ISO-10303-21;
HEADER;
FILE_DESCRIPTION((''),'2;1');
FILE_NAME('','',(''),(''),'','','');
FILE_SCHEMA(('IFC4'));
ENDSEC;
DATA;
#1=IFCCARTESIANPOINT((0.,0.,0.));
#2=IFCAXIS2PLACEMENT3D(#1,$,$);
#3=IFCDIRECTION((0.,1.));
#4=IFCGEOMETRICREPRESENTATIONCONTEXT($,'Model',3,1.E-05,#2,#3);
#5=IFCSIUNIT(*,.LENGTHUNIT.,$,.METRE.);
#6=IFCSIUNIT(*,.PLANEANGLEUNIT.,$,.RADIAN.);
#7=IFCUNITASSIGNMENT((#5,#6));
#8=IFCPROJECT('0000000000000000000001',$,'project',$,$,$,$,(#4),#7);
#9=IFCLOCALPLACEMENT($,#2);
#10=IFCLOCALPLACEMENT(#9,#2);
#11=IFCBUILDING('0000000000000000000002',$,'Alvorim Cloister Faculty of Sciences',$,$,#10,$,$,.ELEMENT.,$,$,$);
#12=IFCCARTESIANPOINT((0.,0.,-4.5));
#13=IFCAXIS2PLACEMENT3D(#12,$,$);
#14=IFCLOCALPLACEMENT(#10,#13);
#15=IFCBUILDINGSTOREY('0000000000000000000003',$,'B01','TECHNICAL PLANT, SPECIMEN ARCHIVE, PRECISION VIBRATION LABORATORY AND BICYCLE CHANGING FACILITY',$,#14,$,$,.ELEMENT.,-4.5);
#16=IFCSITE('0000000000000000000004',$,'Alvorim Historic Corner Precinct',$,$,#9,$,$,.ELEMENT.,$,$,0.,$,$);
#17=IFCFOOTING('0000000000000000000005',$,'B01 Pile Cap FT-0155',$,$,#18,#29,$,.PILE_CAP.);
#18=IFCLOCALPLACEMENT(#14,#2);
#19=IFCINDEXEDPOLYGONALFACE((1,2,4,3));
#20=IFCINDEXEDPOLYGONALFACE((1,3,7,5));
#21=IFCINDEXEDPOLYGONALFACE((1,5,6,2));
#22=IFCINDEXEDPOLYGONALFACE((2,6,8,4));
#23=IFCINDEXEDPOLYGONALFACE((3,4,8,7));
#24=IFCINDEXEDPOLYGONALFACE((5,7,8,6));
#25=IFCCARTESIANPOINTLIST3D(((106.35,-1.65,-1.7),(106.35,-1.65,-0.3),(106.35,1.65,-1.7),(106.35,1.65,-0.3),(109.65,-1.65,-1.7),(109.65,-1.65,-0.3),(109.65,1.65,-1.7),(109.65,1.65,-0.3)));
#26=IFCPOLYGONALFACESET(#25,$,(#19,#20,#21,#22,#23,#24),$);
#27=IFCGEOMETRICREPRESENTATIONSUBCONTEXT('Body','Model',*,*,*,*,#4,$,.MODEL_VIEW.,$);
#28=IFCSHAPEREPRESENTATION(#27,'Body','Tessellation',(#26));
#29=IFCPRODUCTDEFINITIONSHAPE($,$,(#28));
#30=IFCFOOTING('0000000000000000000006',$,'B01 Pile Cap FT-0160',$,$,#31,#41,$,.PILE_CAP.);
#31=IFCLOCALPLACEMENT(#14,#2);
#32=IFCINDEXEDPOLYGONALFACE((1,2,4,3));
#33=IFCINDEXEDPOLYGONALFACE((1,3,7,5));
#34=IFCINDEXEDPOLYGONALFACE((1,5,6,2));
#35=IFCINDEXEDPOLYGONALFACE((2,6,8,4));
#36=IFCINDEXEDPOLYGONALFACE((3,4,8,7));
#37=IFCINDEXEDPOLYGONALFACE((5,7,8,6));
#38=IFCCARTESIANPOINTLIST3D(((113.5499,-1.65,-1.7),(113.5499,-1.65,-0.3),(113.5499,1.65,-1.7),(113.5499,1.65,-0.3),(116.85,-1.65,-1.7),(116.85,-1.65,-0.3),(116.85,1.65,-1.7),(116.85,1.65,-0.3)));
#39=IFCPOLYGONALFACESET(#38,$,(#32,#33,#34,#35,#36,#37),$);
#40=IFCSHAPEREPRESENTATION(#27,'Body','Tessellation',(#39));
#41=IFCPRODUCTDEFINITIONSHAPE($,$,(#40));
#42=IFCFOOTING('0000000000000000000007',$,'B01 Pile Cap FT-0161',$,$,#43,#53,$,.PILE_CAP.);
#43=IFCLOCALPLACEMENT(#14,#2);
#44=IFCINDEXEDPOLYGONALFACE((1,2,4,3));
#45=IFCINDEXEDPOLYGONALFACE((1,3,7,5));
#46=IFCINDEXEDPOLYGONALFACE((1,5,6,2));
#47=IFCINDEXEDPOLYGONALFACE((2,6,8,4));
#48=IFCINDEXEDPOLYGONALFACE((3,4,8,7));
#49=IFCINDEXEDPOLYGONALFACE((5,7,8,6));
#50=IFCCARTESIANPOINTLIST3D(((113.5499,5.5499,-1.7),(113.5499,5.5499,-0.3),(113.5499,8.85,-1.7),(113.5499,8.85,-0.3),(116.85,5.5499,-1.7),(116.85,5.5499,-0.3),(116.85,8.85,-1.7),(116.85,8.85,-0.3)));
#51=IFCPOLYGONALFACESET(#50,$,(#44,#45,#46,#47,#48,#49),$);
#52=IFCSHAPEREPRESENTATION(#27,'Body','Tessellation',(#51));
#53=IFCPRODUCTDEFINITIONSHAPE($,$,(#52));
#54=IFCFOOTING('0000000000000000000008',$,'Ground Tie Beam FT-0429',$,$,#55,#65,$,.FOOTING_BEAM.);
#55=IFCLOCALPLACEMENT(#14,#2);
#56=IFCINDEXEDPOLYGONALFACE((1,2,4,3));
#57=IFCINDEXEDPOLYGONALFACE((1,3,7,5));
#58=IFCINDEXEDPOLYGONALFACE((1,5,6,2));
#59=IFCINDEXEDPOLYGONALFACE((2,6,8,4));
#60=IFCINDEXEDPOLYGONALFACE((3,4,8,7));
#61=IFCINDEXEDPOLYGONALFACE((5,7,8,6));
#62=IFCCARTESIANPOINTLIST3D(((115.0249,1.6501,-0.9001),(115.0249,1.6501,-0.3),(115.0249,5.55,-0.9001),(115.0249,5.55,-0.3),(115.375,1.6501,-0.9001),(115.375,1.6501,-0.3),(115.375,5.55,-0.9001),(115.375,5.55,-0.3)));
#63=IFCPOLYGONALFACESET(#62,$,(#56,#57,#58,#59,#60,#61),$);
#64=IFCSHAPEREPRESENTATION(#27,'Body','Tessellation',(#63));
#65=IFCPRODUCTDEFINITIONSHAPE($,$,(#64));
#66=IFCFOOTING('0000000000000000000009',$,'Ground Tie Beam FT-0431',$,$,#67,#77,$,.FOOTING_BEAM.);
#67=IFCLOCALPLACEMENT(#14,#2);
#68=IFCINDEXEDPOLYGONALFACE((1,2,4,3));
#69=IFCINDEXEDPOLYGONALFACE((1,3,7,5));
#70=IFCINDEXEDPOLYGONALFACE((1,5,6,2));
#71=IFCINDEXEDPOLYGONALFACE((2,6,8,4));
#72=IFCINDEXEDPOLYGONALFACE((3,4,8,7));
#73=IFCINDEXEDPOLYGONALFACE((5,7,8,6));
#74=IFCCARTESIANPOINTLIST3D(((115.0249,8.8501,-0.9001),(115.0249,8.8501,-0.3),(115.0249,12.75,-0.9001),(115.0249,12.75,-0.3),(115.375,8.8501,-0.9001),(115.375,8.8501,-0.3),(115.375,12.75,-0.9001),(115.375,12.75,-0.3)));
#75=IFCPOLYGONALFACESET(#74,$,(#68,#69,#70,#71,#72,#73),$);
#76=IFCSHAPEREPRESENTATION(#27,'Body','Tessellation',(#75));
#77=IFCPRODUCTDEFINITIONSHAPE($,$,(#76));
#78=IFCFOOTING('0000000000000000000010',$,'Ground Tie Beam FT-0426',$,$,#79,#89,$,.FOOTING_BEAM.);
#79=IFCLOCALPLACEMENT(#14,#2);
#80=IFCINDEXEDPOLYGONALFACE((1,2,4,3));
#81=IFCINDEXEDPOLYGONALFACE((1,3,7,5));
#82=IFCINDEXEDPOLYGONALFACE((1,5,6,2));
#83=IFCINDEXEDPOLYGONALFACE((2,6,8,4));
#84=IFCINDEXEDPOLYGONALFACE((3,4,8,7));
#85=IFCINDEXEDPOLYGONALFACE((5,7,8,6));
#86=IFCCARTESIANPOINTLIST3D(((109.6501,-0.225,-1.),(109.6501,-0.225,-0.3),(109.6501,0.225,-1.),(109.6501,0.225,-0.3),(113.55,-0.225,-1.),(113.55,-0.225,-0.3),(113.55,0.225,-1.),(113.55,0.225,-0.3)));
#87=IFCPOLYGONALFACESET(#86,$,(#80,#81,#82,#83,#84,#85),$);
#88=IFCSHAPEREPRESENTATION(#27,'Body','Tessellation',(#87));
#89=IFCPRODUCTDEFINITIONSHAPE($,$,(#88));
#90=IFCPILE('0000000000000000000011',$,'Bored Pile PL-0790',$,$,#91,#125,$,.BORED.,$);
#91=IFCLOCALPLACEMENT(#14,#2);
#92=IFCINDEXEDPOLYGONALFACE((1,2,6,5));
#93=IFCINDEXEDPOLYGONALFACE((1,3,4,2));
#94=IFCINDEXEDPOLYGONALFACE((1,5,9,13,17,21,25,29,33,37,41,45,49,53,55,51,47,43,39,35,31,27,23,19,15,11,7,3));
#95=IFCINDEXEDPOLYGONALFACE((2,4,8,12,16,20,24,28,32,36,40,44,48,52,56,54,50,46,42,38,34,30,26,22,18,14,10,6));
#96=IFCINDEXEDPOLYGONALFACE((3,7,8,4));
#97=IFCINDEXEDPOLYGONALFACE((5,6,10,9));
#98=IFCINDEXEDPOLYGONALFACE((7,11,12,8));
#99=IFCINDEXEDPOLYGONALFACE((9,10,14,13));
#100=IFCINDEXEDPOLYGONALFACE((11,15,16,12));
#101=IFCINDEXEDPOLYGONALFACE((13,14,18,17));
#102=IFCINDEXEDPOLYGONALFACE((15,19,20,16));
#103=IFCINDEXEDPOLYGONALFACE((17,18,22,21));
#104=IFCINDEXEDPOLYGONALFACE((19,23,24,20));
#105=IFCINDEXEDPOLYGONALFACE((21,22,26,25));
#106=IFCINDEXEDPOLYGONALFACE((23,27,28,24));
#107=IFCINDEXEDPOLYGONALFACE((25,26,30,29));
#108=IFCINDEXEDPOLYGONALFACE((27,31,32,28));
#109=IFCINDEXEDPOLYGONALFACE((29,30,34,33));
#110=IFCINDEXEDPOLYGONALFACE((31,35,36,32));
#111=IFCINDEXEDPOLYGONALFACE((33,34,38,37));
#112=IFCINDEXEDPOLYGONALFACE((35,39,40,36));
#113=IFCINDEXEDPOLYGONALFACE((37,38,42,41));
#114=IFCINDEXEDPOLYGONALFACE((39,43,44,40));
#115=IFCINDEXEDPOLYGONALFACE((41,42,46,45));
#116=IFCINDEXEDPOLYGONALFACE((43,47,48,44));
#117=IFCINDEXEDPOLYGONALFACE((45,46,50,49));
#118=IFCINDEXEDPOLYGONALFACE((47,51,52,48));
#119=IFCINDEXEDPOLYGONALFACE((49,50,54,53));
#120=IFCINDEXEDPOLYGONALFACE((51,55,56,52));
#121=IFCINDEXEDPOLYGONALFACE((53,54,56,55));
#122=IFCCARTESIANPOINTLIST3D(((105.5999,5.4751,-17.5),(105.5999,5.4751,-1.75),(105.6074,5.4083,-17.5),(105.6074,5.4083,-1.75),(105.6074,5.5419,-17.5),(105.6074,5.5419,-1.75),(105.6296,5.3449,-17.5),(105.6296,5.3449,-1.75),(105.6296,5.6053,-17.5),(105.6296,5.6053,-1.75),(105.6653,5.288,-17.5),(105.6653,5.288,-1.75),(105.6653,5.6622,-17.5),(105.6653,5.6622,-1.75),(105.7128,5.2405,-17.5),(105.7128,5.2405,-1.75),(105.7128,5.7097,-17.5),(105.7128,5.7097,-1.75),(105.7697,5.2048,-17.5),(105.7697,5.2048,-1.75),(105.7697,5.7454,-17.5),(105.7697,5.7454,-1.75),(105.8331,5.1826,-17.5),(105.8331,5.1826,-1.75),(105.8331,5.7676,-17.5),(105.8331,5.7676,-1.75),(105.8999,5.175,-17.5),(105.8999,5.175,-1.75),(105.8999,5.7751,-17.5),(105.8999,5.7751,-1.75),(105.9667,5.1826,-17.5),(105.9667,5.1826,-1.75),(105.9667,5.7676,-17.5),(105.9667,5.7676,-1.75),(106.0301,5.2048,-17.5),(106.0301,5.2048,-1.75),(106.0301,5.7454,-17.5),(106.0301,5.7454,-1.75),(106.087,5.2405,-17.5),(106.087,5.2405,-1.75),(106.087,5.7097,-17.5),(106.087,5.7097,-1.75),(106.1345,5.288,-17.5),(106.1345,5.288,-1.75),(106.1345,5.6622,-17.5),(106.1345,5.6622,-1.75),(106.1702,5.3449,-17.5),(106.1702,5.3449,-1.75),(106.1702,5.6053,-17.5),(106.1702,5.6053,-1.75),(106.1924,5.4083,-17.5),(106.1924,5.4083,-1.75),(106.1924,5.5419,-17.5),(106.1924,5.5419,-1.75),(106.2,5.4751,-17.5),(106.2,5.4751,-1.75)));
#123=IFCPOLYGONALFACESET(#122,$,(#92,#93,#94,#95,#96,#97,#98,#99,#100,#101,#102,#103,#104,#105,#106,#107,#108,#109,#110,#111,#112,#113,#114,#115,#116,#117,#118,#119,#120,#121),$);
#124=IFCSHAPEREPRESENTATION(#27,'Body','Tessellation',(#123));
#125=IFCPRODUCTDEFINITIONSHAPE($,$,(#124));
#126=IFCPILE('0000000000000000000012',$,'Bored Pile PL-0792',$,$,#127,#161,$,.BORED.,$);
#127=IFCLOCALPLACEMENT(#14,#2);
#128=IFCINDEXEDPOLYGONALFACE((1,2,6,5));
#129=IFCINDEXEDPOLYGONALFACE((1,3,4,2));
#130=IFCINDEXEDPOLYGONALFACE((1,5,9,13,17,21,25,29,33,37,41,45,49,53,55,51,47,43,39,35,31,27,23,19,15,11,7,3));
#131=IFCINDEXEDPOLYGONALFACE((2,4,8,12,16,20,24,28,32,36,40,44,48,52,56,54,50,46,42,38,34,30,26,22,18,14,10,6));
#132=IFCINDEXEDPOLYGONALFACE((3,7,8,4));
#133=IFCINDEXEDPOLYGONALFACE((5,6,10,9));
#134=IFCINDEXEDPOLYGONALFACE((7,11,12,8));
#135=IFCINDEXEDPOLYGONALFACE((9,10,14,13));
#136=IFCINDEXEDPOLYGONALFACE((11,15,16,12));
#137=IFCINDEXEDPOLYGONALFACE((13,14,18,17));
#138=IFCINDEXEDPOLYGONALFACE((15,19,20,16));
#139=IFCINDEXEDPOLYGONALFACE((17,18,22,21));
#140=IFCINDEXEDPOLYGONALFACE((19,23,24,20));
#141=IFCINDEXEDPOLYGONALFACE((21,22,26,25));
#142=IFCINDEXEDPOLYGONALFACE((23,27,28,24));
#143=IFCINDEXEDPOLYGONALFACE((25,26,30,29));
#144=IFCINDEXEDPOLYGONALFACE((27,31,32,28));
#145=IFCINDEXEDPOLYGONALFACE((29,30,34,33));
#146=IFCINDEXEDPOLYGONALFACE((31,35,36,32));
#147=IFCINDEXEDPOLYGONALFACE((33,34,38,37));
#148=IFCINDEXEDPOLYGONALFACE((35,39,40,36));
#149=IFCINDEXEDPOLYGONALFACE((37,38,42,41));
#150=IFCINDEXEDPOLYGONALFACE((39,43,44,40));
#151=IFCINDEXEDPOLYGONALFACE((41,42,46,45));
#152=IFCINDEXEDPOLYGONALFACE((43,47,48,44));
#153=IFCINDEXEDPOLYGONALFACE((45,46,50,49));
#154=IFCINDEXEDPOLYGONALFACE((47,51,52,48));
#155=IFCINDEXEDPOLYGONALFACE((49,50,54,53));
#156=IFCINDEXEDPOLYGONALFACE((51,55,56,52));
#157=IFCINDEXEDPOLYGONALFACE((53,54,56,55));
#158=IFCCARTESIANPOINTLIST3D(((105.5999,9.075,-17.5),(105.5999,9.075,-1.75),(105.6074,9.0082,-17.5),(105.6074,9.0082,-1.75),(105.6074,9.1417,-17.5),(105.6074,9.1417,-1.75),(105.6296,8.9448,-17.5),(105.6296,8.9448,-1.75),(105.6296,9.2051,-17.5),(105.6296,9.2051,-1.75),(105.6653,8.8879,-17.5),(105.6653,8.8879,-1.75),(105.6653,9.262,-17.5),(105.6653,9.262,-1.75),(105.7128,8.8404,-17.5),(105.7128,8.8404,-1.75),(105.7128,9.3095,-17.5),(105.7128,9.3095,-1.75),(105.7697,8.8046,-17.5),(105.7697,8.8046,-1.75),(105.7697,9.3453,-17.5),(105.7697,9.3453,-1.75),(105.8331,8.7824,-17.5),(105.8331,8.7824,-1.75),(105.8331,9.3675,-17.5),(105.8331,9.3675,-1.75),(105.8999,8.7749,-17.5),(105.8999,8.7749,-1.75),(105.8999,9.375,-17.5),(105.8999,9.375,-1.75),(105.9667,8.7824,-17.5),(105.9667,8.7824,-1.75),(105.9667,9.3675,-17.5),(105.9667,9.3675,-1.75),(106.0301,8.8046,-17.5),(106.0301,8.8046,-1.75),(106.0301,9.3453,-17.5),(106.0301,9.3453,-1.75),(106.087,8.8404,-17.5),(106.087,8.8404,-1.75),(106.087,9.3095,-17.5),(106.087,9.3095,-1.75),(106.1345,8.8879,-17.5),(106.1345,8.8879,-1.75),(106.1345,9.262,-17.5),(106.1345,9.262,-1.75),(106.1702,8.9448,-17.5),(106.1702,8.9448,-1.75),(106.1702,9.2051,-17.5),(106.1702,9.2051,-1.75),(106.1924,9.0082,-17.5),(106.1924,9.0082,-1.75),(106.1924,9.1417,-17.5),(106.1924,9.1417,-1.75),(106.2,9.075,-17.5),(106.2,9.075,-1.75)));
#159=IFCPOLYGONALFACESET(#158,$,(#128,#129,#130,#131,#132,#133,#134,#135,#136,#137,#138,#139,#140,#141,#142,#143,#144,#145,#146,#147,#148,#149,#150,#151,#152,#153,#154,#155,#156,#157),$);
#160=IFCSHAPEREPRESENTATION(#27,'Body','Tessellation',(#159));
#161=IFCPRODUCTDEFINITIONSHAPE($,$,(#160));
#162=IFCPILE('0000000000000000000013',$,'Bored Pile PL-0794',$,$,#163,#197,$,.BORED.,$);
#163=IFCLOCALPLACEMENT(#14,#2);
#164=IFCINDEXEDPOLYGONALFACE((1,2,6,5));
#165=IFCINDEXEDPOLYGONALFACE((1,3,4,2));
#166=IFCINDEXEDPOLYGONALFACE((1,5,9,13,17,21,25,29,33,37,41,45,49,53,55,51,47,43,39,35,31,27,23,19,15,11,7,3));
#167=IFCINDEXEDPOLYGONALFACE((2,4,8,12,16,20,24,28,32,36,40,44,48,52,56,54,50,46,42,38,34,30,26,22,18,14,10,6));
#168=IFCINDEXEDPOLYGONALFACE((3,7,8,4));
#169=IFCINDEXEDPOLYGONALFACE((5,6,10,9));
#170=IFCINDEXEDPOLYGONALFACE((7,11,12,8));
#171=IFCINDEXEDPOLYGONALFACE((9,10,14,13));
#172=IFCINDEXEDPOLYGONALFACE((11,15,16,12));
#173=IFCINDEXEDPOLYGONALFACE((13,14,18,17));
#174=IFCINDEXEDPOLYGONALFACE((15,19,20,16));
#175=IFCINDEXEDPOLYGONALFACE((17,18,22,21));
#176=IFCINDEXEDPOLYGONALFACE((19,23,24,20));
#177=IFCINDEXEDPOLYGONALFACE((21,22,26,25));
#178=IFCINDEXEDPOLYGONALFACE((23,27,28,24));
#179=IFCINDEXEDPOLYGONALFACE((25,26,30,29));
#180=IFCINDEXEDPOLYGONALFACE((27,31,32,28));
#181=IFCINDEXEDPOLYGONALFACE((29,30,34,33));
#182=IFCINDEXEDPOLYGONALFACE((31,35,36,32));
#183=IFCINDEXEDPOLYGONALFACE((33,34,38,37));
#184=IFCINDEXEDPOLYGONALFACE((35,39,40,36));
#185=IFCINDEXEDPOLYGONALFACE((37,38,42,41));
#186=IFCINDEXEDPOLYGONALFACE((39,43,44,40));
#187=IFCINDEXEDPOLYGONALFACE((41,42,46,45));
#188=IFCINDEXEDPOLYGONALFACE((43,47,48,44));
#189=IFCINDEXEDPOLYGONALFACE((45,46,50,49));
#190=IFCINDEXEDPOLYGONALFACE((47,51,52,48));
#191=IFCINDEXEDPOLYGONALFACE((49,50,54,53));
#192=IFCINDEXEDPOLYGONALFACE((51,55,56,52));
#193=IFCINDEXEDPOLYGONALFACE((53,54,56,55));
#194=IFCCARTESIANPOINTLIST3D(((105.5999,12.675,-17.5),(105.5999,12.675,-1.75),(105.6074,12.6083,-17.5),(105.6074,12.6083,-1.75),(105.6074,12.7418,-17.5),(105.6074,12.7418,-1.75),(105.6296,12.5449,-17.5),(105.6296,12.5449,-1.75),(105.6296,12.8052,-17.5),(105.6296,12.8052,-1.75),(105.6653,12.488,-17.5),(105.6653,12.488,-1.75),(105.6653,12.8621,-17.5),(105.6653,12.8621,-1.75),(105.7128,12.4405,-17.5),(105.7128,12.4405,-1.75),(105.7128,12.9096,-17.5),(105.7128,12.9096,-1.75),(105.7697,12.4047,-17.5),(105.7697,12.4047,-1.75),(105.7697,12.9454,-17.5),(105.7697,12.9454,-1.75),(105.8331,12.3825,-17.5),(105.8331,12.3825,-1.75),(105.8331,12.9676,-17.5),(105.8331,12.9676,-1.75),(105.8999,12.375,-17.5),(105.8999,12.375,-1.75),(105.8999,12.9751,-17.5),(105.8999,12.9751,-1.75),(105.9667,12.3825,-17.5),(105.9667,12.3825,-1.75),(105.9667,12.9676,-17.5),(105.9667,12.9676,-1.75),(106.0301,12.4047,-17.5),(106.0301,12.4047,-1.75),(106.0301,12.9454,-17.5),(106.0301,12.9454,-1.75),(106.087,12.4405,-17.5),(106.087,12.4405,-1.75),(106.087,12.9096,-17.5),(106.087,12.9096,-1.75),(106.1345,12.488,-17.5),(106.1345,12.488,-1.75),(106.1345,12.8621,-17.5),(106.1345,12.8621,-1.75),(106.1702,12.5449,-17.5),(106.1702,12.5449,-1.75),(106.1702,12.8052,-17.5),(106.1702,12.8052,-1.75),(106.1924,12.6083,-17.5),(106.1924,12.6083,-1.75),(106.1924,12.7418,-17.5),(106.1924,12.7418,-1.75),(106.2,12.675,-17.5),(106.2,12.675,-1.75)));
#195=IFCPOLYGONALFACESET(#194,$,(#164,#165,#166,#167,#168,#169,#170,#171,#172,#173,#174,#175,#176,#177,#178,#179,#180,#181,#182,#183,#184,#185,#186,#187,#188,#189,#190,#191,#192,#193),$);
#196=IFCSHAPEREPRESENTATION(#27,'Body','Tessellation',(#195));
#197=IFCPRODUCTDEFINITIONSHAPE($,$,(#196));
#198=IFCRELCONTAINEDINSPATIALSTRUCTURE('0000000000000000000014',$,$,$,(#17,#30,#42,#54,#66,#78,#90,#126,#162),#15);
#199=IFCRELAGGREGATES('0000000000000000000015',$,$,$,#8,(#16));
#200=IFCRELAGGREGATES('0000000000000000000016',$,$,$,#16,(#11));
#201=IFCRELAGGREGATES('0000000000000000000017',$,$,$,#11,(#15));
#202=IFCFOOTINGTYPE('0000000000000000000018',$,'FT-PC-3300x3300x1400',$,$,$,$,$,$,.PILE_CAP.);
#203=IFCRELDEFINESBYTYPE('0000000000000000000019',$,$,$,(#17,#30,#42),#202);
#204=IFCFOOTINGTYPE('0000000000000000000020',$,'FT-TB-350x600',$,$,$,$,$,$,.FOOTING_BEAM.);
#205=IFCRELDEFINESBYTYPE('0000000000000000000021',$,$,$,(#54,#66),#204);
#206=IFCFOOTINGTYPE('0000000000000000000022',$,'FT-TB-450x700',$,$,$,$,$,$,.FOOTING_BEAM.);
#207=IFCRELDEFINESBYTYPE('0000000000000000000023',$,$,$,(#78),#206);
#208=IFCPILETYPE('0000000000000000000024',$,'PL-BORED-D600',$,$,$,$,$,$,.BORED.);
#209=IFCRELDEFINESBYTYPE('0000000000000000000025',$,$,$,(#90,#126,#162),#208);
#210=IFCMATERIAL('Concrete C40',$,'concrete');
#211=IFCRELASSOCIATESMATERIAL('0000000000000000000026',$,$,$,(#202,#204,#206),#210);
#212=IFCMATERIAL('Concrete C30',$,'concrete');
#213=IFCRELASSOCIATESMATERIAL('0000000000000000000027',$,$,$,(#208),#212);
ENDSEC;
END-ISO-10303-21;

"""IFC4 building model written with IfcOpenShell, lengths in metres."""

from ifc_helpers import new_model, si_unit, direction, frame, origin, origin_2d, place, context, subcontext, project, spatial, rectangle, circle, extrude, material, material_profile, profile_set, type_object, element, save


model = new_model("IFC4")

# Units and contexts
model_context = context("Model", 3, precision=1e-05, world=origin(), true_north=direction((0.0, 1.0)))
body_context = subcontext(model_context, "Body", "Model", "MODEL_VIEW")
ifc_project = project(units=[si_unit("LENGTHUNIT", "METRE"), si_unit("PLANEANGLEUNIT", "RADIAN")], contexts=[model_context])

# Site, building, storey
site_placement = place(None, origin())
site = spatial("IfcSite", under=ifc_project, at=site_placement, Name="Alvorim Historic Corner Precinct", CompositionType="ELEMENT", RefElevation=0.0)
building_placement = place(site_placement, origin())
building = spatial("IfcBuilding", under=site, at=building_placement, Name="Alvorim Cloister Faculty of Sciences", CompositionType="ELEMENT")
storey_placement = place(building_placement, frame((0.0, 0.0, -4.5)))
storey = spatial("IfcBuildingStorey", under=building, at=storey_placement, Name="B01", Description="TECHNICAL PLANT, SPECIMEN ARCHIVE, PRECISION VIBRATION LABORATORY AND BICYCLE CHANGING FACILITY", CompositionType="ELEMENT", Elevation=-4.5)

# Footings
ifc_material_1 = material(Name="Concrete C40", Category="concrete")
footing_type_1 = type_object("IfcFootingType", Name="FT-PC-3300x3300x1400", PredefinedType="PILE_CAP", material=ifc_material_1)
for number, where, z_axis, x_axis, name in (
    (1, (108.0, 0.0, -1.7), (0.0, 0.0, 1.0), (1.0, 0.0, 0.0), "B01 Pile Cap FT-0155"),
    (2, (115.2, 0.0, -1.7), (0.0, 0.0, 1.0), (1.0, 0.0, 0.0), "B01 Pile Cap FT-0160"),
    (3, (115.2, 7.2, -1.7), (0.0, 0.0, 1.0), (1.0, 0.0, 0.0), "B01 Pile Cap FT-0161"),
):
    element("IfcFooting", number, at=place(storey_placement, frame(where, z_axis=z_axis, x_axis=x_axis)), inside=storey, type_object=footing_type_1, Name=name, PredefinedType="PILE_CAP", context=body_context, shape_type="SweptSolid", body=[
        extrude(rectangle(XDim=3.3, YDim=3.3, at=origin_2d()), origin(), (0.0, 0.0, 1.0), 1.3999),
    ])
footing_type_2 = type_object("IfcFootingType", Name="FT-TB-350x600", PredefinedType="FOOTING_BEAM", material=ifc_material_1)
for number, where, z_axis, x_axis, name in (
    (4, (115.2, 3.6001, -0.9001), (0.0, 0.0, 1.0), (1.0, 0.0, 0.0), "Ground Tie Beam FT-0429"),
    (5, (115.2, 10.8, -0.9001), (0.0, 0.0, 1.0), (1.0, 0.0, 0.0), "Ground Tie Beam FT-0431"),
):
    element("IfcFooting", number, at=place(storey_placement, frame(where, z_axis=z_axis, x_axis=x_axis)), inside=storey, type_object=footing_type_2, Name=name, PredefinedType="FOOTING_BEAM", context=body_context, shape_type="SweptSolid", body=[
        extrude(rectangle(XDim=0.3501, YDim=3.8999, at=origin_2d()), origin(), (0.0, 0.0, 1.0), 0.6001),
    ])
footing_type_3 = type_object("IfcFootingType", Name="FT-TB-450x700", PredefinedType="FOOTING_BEAM", material=ifc_material_1)
footing_placement = place(storey_placement, frame((111.6001, 0.0, -1.0), z_axis=(0.0, 0.0, 1.0), x_axis=(1.0, 0.0, 0.0)))
element("IfcFooting", 6, at=footing_placement, inside=storey, type_object=footing_type_3, Name="Ground Tie Beam FT-0426", PredefinedType="FOOTING_BEAM", context=body_context, shape_type="SweptSolid", body=[
    extrude(rectangle(XDim=3.8999, YDim=0.45, at=origin_2d()), origin(), (0.0, 0.0, 1.0), 0.7),
])

# Piles
ifc_material_2 = material(Name="Concrete C30", Category="concrete")
ifc_material_profile_1 = material_profile(ifc_material_2, circle(Radius=0.3, at=origin_2d()), Name="PILE-D600")
ifc_profile_set_1 = profile_set([ifc_material_profile_1], Name="Concrete C30")
pile_type_1 = type_object("IfcPileType", Name="PL-BORED-D600", PredefinedType="BORED", material=ifc_profile_set_1)
for number, where, z_axis, x_axis, name in (
    (7, (105.8999, 5.4751, -1.75), (0.0, 0.0, -1.0), (1.0, 0.0, 0.0), "Bored Pile PL-0790"),
    (8, (105.8999, 9.075, -1.75), (0.0, 0.0, -1.0), (1.0, 0.0, 0.0), "Bored Pile PL-0792"),
    (9, (105.8999, 12.675, -1.75), (0.0, 0.0, -1.0), (1.0, 0.0, 0.0), "Bored Pile PL-0794"),
):
    element("IfcPile", number, at=place(storey_placement, frame(where, z_axis=z_axis, x_axis=x_axis)), inside=storey, type_object=pile_type_1, Name=name, PredefinedType="BORED", context=body_context, shape_type="SweptSolid", body=[
        extrude(circle(Radius=0.3, at=origin_2d()), origin(), (0.0, 0.0, 1.0), 15.75),
    ])

save(model, "model.ifc")
